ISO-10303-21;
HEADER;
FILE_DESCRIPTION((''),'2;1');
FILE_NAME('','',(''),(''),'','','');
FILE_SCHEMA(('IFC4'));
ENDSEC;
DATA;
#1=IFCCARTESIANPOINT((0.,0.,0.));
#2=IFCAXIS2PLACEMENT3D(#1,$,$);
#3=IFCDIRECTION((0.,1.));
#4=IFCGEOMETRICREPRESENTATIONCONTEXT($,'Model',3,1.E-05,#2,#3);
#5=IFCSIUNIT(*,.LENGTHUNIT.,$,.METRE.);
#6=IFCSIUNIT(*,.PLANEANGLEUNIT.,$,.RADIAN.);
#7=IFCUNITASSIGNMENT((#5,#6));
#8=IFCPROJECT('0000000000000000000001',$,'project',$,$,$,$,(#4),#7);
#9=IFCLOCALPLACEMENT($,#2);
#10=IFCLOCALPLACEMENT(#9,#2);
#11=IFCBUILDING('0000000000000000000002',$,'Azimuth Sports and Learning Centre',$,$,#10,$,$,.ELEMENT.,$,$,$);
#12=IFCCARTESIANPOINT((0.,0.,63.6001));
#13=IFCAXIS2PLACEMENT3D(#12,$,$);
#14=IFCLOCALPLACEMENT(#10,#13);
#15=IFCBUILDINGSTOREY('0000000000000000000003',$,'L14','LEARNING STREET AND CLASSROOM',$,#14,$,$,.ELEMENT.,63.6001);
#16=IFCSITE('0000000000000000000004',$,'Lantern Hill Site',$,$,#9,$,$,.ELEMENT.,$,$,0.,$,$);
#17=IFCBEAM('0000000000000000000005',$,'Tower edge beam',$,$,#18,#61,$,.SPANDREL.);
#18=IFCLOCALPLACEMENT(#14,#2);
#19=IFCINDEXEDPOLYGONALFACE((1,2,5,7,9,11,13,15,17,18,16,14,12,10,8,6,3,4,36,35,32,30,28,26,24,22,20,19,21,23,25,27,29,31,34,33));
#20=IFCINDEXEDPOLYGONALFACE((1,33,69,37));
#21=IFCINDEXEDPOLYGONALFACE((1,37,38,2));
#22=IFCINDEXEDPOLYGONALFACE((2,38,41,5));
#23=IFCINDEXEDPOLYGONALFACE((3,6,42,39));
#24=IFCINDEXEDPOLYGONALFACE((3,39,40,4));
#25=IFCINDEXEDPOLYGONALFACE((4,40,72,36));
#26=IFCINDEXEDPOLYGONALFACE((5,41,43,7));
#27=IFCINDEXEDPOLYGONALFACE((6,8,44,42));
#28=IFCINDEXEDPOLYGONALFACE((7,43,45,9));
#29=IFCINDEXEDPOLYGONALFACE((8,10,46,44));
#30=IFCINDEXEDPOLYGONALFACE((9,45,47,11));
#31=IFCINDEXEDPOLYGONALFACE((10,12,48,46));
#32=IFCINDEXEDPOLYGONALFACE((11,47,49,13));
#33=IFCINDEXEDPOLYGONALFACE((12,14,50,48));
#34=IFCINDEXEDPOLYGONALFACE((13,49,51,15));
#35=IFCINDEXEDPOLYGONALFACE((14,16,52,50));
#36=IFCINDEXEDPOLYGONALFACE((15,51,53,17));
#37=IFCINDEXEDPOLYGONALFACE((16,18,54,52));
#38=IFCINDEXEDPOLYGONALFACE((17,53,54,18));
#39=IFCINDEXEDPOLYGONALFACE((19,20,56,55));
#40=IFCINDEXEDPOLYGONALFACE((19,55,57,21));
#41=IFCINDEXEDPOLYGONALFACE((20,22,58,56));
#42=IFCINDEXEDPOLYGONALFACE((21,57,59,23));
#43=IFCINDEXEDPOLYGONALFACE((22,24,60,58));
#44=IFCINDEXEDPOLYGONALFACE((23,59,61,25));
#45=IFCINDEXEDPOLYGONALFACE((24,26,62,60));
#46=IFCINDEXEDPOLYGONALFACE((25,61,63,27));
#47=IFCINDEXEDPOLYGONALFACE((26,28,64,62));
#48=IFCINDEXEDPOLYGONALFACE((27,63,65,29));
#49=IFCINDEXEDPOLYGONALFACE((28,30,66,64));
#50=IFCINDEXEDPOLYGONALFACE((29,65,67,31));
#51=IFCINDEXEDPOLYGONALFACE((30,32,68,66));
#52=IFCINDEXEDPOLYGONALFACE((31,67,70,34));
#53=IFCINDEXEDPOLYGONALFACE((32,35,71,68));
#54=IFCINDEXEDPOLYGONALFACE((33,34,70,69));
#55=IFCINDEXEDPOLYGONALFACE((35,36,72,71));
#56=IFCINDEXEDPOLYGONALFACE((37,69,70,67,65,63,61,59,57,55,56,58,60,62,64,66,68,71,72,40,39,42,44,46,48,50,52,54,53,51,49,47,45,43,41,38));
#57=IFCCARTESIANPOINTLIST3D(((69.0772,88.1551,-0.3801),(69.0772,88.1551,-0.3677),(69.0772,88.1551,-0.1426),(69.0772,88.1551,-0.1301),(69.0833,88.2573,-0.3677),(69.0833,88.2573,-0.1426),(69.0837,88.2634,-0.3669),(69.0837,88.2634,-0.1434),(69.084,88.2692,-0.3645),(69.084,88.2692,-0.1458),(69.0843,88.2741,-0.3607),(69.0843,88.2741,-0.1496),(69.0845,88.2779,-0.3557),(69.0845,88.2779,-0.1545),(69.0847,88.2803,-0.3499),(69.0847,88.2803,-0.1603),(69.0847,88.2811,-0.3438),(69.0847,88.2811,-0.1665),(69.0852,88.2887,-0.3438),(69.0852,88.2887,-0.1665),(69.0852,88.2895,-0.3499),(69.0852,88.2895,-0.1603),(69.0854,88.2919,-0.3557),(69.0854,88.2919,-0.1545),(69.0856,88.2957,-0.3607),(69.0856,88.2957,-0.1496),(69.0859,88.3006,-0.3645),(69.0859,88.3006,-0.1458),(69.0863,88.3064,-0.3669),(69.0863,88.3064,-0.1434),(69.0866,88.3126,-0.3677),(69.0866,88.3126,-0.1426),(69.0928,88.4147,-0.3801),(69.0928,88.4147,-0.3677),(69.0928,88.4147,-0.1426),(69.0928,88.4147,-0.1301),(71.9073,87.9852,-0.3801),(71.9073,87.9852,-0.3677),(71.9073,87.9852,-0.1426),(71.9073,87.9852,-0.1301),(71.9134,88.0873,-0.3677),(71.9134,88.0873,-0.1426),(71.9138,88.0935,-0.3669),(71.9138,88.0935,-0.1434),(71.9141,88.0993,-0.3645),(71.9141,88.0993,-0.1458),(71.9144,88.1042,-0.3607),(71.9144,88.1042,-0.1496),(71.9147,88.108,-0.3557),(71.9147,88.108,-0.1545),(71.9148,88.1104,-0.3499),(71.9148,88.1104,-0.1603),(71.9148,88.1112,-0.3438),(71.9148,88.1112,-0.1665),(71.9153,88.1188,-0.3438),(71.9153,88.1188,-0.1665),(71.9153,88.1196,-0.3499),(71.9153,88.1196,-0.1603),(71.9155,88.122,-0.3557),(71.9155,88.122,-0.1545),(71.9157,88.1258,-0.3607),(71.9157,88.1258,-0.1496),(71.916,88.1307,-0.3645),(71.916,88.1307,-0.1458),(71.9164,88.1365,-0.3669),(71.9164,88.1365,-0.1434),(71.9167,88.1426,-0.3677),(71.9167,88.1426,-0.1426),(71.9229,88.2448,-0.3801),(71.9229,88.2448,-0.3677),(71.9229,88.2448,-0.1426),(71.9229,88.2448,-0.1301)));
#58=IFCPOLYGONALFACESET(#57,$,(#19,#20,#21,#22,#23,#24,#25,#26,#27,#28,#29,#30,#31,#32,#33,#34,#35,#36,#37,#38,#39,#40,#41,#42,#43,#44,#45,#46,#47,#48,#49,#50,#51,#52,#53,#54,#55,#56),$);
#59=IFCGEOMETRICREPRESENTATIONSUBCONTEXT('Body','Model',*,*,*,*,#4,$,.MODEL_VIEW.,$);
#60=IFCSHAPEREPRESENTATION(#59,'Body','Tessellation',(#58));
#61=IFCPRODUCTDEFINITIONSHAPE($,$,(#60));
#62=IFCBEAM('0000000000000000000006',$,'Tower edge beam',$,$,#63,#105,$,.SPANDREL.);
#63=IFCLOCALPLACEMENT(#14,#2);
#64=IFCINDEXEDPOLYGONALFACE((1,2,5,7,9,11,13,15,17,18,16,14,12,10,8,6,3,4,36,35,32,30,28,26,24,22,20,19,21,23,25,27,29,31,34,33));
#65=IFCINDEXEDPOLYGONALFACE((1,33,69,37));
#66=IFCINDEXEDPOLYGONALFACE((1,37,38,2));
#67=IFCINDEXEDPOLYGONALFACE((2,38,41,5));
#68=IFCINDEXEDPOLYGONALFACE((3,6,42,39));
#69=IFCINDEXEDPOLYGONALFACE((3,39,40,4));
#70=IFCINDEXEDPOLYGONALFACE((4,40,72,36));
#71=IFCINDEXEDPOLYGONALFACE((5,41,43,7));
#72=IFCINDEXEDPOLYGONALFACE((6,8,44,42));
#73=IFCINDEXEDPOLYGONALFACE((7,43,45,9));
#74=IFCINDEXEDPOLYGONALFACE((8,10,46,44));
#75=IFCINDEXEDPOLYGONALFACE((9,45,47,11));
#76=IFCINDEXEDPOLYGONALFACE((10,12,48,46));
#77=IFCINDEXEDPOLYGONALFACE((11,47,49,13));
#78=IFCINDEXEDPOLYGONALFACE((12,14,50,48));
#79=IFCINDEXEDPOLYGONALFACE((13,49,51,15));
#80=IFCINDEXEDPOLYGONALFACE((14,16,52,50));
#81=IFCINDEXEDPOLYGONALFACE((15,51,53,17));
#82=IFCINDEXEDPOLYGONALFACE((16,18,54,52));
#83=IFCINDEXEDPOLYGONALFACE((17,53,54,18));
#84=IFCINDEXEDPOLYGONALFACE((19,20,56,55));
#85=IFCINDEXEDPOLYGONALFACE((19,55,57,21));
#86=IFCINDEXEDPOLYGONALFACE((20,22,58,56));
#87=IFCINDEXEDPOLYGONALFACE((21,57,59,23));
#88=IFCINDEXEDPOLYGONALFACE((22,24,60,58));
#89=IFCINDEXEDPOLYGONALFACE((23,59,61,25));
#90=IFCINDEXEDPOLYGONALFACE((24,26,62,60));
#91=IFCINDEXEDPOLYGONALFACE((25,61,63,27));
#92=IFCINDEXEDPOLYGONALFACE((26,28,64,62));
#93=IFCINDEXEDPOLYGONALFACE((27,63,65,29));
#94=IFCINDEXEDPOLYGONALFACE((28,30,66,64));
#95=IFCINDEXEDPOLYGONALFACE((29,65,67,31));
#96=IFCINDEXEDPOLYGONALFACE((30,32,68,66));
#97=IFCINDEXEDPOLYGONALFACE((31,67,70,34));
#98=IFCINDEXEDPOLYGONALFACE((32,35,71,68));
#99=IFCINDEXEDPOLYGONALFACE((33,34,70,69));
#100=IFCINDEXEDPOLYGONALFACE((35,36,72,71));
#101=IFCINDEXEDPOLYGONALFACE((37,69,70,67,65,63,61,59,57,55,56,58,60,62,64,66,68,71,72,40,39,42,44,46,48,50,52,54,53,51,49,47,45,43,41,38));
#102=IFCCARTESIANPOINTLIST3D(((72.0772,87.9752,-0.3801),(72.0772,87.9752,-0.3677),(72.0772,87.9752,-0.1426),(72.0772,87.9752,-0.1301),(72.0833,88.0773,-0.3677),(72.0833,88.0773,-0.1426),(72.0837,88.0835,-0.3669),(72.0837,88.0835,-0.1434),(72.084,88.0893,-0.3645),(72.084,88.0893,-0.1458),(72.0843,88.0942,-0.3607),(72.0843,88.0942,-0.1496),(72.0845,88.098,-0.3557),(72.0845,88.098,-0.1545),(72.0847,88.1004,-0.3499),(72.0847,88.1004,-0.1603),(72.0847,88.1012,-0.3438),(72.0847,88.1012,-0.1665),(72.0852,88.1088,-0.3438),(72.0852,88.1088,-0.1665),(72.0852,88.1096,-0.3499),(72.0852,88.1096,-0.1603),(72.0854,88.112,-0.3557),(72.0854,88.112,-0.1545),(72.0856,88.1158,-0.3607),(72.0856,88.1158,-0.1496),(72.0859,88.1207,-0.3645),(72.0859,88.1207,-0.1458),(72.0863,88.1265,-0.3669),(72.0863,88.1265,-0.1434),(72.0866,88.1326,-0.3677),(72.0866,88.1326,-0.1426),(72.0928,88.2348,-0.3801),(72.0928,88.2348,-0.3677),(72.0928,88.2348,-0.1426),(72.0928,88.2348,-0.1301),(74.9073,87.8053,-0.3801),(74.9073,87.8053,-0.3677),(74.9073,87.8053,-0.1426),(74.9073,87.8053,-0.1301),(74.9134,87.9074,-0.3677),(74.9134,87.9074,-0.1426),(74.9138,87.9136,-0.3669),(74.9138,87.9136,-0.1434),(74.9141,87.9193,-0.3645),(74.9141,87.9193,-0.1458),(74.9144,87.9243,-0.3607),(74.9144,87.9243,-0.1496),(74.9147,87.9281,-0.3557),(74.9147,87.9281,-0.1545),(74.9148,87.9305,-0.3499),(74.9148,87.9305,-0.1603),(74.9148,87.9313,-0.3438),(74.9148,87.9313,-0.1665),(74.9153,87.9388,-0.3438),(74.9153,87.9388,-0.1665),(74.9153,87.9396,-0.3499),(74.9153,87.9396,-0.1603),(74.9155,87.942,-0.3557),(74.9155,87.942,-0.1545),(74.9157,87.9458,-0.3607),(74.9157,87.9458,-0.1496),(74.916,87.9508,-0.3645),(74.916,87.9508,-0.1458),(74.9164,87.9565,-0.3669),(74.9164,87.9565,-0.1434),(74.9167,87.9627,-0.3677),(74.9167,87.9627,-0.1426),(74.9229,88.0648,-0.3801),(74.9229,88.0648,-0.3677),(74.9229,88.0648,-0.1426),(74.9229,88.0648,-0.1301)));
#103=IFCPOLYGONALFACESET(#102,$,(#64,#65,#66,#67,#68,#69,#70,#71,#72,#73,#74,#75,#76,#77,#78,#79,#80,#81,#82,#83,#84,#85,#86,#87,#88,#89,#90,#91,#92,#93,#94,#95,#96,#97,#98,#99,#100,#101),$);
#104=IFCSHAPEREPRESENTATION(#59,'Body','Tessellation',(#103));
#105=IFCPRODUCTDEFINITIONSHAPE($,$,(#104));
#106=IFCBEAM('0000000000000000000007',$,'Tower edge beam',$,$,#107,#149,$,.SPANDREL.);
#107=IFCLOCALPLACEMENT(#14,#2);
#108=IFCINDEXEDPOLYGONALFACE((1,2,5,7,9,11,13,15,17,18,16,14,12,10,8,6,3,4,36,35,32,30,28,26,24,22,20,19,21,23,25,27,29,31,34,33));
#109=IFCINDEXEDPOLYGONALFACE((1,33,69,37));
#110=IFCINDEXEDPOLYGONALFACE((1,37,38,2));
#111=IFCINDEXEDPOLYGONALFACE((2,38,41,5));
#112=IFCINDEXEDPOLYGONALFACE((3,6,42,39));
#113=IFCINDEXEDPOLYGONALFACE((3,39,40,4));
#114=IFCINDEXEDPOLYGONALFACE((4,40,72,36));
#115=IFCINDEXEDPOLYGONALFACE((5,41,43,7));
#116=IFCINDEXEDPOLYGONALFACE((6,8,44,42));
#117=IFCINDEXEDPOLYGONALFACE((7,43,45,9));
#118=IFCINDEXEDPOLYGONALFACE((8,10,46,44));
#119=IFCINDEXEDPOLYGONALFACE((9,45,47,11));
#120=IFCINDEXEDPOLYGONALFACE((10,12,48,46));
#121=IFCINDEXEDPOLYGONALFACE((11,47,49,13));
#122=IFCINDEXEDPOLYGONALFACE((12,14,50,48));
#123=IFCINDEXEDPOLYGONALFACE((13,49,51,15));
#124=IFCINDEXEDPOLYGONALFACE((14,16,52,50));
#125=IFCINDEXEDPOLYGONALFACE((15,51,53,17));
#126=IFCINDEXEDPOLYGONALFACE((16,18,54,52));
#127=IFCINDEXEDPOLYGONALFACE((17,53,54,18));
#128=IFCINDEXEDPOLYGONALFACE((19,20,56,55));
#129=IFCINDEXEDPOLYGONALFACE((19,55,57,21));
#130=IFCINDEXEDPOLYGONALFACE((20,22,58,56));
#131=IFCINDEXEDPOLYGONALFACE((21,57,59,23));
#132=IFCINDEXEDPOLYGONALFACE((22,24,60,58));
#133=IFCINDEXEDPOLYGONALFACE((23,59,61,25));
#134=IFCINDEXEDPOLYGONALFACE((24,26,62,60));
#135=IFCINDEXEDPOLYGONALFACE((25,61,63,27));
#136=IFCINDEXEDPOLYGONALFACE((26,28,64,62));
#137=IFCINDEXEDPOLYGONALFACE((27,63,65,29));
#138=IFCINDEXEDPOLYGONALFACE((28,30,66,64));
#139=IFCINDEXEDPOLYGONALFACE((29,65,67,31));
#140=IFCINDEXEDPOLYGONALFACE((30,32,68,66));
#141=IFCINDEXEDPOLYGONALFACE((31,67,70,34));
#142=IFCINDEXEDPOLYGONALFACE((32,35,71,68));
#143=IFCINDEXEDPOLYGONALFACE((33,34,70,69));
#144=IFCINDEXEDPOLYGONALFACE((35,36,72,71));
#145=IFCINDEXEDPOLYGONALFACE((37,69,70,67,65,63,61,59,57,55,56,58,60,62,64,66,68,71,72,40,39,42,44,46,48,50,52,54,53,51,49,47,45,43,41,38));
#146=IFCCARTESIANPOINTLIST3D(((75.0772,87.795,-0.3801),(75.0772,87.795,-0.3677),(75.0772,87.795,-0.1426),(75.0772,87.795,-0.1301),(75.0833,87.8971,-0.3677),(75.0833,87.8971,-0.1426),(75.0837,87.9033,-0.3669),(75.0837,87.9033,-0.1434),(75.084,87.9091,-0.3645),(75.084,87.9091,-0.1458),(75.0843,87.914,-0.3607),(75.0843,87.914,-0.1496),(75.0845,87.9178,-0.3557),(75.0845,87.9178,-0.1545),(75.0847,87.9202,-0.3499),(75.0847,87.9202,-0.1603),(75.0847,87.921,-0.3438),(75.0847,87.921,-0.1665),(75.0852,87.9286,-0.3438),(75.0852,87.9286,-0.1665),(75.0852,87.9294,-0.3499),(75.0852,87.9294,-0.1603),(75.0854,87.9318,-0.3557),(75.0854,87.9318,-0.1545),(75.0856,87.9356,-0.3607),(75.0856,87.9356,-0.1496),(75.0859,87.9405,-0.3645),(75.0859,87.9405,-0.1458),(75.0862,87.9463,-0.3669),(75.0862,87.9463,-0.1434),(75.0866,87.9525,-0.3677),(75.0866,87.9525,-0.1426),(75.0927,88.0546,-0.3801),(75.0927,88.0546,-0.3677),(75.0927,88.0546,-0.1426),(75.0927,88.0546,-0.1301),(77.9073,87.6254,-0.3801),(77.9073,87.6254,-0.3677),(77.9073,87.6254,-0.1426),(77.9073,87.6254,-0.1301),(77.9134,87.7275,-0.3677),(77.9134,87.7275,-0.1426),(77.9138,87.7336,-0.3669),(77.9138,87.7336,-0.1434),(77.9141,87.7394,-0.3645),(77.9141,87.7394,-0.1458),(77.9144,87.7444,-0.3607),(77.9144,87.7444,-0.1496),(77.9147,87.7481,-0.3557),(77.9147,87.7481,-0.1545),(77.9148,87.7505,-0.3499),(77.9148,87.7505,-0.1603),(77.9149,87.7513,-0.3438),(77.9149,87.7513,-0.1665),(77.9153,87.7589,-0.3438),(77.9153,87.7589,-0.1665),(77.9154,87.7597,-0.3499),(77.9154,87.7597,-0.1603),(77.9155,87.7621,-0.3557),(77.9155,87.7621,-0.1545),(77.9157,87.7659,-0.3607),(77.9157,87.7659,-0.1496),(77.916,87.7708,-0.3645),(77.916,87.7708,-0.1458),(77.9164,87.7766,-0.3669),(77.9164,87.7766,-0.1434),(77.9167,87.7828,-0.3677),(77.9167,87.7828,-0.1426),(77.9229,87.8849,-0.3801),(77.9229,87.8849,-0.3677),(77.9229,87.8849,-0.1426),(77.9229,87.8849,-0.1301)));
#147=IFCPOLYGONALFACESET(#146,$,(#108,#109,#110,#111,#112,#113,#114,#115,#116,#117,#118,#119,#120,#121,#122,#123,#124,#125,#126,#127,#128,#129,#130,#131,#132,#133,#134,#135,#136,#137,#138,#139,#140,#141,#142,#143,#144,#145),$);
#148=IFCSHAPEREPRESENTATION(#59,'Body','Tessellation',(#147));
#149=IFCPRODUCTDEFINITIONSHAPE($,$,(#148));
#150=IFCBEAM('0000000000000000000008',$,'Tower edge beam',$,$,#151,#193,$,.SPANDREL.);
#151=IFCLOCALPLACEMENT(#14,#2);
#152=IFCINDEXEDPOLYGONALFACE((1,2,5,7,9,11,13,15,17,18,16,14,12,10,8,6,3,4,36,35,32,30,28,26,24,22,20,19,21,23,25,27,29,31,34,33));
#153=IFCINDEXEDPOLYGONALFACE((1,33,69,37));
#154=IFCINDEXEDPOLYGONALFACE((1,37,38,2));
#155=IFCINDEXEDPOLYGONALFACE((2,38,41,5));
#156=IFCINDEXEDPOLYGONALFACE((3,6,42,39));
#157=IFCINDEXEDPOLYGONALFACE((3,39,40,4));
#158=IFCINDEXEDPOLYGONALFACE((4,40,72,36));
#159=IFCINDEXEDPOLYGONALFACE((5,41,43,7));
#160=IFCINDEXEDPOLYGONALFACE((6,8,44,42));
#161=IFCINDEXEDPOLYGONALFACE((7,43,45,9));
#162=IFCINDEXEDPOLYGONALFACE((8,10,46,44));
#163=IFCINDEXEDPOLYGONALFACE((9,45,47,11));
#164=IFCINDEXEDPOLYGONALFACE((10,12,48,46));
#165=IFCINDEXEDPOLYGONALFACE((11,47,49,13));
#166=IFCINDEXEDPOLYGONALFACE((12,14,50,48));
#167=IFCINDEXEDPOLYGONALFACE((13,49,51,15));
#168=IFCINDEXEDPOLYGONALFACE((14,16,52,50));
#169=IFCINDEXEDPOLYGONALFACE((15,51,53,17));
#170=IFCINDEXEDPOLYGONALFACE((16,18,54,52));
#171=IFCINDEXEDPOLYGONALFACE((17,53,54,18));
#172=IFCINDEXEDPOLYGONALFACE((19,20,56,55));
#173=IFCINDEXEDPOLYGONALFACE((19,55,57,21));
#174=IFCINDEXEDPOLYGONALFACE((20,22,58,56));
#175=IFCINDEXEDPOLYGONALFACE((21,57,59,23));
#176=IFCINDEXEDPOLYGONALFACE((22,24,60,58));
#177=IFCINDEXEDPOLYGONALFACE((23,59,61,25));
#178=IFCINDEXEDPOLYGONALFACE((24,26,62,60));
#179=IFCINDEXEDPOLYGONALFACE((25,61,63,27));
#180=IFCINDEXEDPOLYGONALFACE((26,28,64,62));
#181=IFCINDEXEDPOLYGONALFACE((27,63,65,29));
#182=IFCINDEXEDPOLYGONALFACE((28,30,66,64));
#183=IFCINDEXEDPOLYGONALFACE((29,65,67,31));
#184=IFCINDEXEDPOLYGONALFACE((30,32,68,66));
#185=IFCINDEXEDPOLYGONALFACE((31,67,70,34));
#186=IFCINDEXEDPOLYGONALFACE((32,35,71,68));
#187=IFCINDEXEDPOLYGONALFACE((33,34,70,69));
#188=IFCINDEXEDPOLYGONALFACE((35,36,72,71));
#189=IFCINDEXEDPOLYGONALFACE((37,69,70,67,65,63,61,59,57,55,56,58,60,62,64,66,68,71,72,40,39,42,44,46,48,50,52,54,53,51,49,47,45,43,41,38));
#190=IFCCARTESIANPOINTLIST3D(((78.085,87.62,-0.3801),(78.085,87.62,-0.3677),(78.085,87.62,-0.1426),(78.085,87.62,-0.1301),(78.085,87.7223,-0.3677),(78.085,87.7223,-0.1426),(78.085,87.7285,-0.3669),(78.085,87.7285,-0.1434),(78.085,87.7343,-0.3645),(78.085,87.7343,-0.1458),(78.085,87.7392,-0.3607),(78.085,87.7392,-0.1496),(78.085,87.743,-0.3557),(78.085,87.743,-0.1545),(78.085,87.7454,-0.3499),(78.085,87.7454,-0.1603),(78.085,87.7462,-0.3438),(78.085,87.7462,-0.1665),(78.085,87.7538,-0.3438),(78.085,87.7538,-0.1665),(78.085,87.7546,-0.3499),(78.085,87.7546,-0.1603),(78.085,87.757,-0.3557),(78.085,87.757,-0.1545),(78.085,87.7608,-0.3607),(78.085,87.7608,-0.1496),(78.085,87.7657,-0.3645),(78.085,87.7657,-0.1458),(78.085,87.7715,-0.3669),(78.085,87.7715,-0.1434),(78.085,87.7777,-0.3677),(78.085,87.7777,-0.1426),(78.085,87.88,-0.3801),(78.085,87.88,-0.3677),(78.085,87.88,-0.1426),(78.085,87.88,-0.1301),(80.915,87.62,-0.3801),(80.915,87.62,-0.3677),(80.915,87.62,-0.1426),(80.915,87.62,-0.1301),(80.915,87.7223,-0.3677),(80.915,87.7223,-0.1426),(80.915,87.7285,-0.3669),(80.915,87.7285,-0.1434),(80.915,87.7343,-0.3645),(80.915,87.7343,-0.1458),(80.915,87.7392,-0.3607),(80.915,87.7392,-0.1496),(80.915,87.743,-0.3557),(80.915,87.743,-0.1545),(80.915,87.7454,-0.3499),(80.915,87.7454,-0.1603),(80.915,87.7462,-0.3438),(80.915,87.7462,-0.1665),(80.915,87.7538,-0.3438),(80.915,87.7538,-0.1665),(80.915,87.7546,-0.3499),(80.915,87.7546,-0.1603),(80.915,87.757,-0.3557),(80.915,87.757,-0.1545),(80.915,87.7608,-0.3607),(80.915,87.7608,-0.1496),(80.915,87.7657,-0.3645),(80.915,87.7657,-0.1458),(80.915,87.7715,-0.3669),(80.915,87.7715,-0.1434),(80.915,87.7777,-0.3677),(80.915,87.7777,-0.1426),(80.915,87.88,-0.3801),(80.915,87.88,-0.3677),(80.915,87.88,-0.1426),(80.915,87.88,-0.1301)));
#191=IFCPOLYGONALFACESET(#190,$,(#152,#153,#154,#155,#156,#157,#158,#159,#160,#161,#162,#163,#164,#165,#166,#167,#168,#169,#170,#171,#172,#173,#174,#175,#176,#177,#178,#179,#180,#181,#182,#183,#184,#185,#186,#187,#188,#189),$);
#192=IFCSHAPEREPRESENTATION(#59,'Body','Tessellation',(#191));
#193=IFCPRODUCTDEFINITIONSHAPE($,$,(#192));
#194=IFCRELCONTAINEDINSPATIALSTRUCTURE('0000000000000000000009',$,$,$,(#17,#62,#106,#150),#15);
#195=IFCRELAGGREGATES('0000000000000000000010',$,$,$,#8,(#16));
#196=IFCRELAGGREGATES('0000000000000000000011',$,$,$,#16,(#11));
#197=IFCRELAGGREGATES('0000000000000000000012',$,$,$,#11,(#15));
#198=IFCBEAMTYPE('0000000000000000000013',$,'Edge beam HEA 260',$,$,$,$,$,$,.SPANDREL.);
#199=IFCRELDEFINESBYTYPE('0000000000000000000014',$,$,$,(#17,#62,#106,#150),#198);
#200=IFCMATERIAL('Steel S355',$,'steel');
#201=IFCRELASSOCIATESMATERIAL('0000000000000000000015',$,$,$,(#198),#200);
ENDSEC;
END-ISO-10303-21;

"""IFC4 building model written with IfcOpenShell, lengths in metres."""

from ifc_helpers import new_model, si_unit, direction, frame, origin, origin_2d, place, context, subcontext, project, spatial, i_section, extrude, material, material_profile, profile_set, type_object, element, save


model = new_model("IFC4")

# Units and contexts
model_context = context("Model", 3, precision=1e-05, world=origin(), true_north=direction((0.0, 1.0)))
body_context = subcontext(model_context, "Body", "Model", "MODEL_VIEW")
ifc_project = project(units=[si_unit("LENGTHUNIT", "METRE"), si_unit("PLANEANGLEUNIT", "RADIAN")], contexts=[model_context])

# Site, building, storey
site_placement = place(None, origin())
site = spatial("IfcSite", under=ifc_project, at=site_placement, Name="Lantern Hill Site", CompositionType="ELEMENT", RefElevation=0.0)
building_placement = place(site_placement, origin())
building = spatial("IfcBuilding", under=site, at=building_placement, Name="Azimuth Sports and Learning Centre", CompositionType="ELEMENT")
storey_placement = place(building_placement, frame((0.0, 0.0, 63.6001)))
storey = spatial("IfcBuildingStorey", under=building, at=storey_placement, Name="L14", Description="LEARNING STREET AND CLASSROOM", CompositionType="ELEMENT", Elevation=63.6001)

# Beams
ifc_material_1 = material(Name="Steel S355", Category="steel")
ifc_material_profile_1 = material_profile(ifc_material_1, i_section(OverallWidth=0.26, OverallDepth=0.25, WebThickness=0.0076, FlangeThickness=0.0125, FilletRadius=0.0239, at=origin_2d()), Name="HEA 260")
ifc_profile_set_1 = profile_set([ifc_material_profile_1], Name="Steel S355")
beam_type = type_object("IfcBeamType", Name="Edge beam HEA 260", PredefinedType="SPANDREL", material=ifc_profile_set_1)
for number, where, z_axis, x_axis, name in (
    (1, (69.085, 88.2849, -0.2551), (0.998202, -0.059933, 0.0), (0.059933, 0.998202, 0.0), "Tower edge beam"),
    (2, (72.085, 88.105, -0.2551), (0.998202, -0.059933, 0.0), (0.059933, 0.998202, 0.0), "Tower edge beam"),
    (3, (75.085, 87.9248, -0.2551), (0.998208, -0.059848, 0.0), (0.059848, 0.998208, 0.0), "Tower edge beam"),
):
    element("IfcBeam", number, at=place(storey_placement, frame(where, z_axis=z_axis, x_axis=x_axis)), inside=storey, type_object=beam_type, Name=name, PredefinedType="SPANDREL", context=body_context, shape_type="SweptSolid", body=[
        extrude(i_section(OverallWidth=0.26, OverallDepth=0.25, WebThickness=0.0076, FlangeThickness=0.0125, FilletRadius=0.0239, at=origin_2d()), origin(), (0.0, 0.0, 1.0), 2.8352),
    ])
for number, where, z_axis, x_axis, name in (
    (4, (78.085, 87.75, -0.2551), (1.0, 0.0, 0.0), (0.0, 1.0, 0.0), "Tower edge beam"),
):
    element("IfcBeam", number, at=place(storey_placement, frame(where, z_axis=z_axis, x_axis=x_axis)), inside=storey, type_object=beam_type, Name=name, PredefinedType="SPANDREL", context=body_context, shape_type="SweptSolid", body=[
        extrude(i_section(OverallWidth=0.26, OverallDepth=0.25, WebThickness=0.0076, FlangeThickness=0.0125, FilletRadius=0.0239, at=origin_2d()), origin(), (0.0, 0.0, 1.0), 2.8301),
    ])

save(model, "model.ifc")
